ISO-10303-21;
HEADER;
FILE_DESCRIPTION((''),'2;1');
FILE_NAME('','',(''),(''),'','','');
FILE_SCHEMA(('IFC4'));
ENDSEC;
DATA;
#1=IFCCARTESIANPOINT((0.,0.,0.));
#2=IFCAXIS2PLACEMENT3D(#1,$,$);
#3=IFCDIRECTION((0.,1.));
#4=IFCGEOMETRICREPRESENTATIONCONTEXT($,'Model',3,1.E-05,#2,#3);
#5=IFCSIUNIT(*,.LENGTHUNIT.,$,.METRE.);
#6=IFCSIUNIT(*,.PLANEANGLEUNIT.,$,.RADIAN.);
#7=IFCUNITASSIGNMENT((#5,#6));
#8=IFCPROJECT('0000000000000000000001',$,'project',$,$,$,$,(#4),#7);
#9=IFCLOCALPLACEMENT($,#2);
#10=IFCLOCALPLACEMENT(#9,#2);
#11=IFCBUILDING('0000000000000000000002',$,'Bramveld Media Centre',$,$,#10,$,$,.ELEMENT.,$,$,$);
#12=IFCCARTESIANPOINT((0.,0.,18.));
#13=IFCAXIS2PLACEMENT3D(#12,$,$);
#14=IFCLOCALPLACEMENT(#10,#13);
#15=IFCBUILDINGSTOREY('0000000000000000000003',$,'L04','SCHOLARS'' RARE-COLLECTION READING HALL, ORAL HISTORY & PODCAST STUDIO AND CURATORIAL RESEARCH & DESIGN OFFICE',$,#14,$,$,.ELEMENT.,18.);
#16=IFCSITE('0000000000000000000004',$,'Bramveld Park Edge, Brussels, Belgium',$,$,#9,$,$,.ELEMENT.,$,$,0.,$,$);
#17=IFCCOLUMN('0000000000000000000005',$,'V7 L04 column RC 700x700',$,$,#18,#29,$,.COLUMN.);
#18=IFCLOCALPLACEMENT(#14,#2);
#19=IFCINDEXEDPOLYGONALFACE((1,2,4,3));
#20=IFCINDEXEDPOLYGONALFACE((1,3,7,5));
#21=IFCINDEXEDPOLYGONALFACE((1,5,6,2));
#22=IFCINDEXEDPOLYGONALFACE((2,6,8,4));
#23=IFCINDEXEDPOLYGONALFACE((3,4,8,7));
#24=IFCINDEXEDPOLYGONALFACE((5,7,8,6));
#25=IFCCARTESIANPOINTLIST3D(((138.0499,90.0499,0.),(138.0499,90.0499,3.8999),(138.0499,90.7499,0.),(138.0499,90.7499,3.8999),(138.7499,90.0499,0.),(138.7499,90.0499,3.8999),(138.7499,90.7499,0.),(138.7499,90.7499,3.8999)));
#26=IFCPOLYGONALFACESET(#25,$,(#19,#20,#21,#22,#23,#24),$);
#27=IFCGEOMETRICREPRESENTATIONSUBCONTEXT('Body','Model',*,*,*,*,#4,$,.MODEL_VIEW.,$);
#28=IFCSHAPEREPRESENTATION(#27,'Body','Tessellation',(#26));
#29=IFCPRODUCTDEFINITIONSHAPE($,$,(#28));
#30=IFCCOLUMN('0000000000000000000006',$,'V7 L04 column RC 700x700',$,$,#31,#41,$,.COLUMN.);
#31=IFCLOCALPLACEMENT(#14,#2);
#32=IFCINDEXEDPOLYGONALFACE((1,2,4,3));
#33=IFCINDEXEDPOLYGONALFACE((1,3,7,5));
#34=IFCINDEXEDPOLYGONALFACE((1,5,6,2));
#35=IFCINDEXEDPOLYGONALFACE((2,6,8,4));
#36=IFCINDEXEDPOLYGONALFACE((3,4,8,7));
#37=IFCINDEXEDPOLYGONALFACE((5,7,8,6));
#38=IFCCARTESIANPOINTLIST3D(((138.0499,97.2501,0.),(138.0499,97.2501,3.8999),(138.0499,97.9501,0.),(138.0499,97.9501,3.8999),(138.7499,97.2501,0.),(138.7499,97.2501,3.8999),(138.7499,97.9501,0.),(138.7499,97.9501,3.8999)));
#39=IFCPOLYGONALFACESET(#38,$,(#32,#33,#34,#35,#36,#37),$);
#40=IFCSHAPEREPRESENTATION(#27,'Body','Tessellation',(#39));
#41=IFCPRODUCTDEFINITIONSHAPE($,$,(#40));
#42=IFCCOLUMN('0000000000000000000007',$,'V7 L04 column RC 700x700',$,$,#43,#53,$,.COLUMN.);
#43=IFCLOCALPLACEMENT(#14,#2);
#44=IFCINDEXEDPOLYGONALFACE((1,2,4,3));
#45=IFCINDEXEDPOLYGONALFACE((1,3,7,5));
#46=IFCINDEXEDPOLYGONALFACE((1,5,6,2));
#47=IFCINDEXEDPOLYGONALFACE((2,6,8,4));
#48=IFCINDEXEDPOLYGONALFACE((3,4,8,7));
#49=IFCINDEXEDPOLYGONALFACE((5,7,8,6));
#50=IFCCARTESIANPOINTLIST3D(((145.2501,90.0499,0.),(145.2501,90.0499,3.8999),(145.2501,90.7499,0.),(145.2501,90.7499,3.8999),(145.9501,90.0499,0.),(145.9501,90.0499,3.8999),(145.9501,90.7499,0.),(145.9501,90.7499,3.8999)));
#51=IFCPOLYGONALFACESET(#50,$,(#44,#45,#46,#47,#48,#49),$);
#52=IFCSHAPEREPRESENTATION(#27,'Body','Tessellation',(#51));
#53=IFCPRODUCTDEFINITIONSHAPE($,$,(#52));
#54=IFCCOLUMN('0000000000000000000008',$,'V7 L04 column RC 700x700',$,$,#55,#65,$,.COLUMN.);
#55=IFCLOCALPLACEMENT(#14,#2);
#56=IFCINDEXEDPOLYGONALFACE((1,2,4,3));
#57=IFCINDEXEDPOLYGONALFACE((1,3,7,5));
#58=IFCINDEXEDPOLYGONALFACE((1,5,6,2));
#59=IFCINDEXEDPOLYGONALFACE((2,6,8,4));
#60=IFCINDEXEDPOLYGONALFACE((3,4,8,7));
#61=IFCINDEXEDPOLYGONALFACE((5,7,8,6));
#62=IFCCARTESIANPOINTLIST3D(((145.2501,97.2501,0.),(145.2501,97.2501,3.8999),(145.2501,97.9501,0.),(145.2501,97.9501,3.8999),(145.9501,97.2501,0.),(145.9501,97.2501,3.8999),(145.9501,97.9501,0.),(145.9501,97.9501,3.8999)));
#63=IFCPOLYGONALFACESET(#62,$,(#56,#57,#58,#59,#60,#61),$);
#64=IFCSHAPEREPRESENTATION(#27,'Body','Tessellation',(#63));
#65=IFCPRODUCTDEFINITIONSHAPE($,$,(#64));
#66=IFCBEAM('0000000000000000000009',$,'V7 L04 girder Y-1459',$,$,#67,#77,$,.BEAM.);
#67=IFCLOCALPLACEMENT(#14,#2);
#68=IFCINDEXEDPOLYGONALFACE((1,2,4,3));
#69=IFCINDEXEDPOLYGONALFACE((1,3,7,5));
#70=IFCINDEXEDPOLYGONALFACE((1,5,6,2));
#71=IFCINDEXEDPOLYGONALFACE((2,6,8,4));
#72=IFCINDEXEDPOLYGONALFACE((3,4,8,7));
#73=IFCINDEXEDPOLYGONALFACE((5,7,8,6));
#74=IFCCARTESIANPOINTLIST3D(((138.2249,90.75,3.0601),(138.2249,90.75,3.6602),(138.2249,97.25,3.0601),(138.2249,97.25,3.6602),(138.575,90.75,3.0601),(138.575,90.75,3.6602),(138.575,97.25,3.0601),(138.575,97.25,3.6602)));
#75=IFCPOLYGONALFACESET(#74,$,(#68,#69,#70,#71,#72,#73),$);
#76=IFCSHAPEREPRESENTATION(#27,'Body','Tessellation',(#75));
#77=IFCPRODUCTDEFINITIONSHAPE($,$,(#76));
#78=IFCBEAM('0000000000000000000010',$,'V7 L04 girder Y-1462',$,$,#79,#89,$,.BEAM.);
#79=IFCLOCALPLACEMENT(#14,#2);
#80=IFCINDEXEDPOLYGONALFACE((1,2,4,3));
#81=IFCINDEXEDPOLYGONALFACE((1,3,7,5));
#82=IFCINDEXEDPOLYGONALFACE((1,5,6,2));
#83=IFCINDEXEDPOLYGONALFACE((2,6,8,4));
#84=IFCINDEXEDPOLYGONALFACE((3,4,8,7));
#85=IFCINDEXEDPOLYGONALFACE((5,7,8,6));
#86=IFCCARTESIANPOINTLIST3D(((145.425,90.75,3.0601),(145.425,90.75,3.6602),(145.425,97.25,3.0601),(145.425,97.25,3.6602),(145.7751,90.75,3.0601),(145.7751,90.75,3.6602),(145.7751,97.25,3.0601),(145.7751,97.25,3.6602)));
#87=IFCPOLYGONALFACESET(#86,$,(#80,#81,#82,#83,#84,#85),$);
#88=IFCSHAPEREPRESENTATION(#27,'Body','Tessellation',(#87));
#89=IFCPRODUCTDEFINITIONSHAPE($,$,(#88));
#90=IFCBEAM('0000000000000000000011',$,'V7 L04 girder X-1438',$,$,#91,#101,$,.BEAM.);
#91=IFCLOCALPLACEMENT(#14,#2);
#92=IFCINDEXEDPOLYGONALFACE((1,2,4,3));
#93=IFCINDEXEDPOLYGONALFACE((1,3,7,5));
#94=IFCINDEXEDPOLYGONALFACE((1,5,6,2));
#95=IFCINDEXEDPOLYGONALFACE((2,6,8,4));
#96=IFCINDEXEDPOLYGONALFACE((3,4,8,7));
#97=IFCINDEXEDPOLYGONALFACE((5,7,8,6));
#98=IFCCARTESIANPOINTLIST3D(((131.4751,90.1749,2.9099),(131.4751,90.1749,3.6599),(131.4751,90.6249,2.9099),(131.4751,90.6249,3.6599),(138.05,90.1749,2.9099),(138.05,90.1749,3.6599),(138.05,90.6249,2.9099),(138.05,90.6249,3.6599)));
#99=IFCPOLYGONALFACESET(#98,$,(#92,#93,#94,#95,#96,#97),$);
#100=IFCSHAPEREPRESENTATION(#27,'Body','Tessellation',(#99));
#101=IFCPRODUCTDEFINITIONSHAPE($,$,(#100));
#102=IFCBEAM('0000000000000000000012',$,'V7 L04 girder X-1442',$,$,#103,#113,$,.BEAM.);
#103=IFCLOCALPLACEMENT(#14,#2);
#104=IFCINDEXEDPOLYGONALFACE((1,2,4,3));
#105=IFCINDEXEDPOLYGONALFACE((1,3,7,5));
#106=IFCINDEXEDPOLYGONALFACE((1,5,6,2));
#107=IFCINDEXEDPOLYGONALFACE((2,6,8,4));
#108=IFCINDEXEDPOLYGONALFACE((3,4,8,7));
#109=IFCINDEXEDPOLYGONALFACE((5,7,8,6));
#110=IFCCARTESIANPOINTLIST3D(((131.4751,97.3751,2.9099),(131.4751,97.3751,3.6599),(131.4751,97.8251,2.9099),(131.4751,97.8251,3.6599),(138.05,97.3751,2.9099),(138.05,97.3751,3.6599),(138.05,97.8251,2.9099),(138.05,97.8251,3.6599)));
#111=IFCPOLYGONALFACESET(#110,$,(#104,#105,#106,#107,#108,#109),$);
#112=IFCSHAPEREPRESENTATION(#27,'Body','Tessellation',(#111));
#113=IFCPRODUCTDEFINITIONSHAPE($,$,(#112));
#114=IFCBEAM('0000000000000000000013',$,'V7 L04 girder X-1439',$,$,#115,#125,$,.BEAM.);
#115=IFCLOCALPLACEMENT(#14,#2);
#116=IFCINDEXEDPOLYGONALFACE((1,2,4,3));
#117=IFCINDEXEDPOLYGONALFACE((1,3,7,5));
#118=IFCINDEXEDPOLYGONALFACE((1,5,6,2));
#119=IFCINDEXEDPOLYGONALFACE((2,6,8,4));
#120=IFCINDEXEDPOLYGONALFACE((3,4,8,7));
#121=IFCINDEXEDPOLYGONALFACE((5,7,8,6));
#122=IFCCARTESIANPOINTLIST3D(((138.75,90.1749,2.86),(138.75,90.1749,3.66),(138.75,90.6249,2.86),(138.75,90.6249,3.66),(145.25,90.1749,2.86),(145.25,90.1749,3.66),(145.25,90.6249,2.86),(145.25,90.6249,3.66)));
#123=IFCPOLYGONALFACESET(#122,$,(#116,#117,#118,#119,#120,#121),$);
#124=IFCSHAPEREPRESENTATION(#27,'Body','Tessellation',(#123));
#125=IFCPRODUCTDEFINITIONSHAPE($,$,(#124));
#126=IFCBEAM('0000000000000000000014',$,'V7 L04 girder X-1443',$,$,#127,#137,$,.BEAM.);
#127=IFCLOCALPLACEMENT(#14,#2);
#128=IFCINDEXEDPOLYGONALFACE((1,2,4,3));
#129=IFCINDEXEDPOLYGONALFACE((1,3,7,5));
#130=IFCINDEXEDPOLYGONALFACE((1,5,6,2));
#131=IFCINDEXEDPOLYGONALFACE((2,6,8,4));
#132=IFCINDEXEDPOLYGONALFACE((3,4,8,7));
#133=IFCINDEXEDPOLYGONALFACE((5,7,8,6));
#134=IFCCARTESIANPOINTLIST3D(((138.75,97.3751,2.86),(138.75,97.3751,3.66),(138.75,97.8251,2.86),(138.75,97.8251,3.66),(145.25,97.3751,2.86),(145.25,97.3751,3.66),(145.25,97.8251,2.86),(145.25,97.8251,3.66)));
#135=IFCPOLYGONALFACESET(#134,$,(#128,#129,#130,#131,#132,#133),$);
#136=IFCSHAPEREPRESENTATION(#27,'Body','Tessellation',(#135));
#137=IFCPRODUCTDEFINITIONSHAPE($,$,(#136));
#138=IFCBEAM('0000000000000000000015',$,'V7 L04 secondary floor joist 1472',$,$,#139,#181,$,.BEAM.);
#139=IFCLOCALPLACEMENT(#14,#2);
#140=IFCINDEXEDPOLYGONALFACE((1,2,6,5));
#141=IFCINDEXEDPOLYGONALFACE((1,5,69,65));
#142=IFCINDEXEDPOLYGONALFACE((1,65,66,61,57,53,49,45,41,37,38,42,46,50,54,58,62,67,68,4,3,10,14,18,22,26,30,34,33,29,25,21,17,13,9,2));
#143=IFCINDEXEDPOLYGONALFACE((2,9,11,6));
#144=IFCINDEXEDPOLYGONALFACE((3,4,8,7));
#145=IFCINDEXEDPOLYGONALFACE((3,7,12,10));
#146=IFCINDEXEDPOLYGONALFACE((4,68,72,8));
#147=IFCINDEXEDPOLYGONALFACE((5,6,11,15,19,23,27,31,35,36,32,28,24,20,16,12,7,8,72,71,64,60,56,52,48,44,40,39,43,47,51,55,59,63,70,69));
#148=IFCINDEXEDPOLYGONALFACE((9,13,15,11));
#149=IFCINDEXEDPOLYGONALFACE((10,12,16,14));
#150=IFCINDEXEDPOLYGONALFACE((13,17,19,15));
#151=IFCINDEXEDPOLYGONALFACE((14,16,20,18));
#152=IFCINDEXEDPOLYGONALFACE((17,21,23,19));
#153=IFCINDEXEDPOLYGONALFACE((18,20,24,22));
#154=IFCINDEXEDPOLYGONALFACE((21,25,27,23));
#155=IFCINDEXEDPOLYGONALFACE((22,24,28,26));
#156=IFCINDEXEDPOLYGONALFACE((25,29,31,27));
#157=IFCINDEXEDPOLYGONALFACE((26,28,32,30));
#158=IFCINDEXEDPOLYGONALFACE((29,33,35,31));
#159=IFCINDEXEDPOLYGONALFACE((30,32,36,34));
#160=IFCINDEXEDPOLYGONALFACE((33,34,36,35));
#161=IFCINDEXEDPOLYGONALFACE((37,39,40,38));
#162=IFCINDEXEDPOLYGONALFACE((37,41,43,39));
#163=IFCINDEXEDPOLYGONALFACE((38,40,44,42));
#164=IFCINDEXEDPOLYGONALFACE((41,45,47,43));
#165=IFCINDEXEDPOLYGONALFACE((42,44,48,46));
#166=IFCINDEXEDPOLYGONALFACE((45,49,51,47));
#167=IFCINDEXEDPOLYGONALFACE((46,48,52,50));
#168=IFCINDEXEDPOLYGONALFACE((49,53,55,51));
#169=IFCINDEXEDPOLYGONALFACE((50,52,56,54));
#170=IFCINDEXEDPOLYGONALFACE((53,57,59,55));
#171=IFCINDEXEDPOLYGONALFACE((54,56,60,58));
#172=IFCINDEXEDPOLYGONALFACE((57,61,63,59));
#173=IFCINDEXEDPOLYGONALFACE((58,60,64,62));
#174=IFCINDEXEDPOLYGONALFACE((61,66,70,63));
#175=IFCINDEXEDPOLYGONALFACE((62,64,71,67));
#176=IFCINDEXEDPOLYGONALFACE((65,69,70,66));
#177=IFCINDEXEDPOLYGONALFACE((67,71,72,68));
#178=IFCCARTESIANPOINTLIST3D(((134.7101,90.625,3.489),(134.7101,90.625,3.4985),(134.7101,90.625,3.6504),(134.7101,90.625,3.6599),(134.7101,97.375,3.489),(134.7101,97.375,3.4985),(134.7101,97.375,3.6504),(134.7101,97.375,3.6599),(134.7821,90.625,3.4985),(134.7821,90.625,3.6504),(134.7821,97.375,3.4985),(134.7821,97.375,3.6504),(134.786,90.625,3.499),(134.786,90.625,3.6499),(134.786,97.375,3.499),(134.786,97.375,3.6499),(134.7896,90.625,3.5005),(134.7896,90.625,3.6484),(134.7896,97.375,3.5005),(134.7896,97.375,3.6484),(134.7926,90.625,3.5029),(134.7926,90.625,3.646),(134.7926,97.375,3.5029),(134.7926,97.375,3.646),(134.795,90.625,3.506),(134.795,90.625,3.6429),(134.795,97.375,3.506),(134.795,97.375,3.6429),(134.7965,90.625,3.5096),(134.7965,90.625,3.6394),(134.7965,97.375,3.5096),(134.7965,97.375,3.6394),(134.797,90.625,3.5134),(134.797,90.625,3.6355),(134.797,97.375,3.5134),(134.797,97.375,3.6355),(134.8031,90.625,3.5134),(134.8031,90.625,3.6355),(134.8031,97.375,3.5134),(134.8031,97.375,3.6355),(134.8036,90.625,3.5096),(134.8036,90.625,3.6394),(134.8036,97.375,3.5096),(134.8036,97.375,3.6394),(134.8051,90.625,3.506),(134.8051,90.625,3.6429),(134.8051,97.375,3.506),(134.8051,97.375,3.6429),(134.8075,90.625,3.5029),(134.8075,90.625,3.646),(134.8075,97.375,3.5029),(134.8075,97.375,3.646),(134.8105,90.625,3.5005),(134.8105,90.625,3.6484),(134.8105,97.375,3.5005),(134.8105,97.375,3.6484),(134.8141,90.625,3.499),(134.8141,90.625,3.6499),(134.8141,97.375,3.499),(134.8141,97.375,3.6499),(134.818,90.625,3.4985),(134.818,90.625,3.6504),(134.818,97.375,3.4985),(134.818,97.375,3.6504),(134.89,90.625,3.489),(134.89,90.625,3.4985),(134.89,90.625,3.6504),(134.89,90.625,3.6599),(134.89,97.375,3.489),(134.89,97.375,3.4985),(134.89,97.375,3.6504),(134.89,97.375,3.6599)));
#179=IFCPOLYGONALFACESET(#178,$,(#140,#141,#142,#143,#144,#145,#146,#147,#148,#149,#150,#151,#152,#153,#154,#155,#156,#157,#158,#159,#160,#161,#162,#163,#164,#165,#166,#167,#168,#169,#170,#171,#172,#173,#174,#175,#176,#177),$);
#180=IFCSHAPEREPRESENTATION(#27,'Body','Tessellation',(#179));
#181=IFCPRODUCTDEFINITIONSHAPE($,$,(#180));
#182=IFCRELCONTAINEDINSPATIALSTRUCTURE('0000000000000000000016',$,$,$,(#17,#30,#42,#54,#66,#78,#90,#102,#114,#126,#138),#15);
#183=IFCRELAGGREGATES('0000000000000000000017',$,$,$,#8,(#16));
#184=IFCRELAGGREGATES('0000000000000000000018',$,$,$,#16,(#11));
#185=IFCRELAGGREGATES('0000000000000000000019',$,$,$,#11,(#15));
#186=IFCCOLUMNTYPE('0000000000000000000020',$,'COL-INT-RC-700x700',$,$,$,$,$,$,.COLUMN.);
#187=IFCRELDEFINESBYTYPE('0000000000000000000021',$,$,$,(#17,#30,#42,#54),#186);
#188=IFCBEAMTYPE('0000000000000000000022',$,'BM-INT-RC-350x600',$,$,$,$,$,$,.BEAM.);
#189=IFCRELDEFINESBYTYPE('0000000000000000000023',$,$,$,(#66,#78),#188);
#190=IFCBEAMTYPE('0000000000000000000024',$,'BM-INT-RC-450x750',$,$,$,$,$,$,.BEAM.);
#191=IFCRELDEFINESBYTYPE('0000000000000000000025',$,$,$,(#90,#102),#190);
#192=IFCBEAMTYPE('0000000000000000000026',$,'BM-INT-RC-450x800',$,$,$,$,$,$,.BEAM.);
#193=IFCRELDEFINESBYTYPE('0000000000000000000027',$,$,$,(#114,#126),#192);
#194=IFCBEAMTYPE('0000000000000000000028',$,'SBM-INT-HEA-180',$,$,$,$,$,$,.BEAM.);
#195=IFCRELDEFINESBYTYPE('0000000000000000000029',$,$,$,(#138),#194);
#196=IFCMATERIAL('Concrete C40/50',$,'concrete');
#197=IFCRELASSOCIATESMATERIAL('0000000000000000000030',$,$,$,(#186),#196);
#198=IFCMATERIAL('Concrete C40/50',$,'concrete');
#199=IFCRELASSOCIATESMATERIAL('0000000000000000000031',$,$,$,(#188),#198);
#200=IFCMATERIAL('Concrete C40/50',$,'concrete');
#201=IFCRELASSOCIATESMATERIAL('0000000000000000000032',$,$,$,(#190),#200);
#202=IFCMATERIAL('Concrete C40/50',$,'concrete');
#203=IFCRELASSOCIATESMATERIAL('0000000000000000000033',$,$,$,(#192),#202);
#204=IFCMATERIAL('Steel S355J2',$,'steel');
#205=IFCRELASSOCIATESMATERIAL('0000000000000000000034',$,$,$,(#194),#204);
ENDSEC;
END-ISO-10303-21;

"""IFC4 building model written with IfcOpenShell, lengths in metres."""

from ifc_helpers import new_model, si_unit, direction, frame, origin, origin_2d, place, context, subcontext, project, spatial, rectangle, i_section, extrude, material, material_profile, profile_set, type_object, element, save


model = new_model("IFC4")

# Units and contexts
model_context = context("Model", 3, precision=1e-05, world=origin(), true_north=direction((0.0, 1.0)))
body_context = subcontext(model_context, "Body", "Model", "MODEL_VIEW")
ifc_project = project(units=[si_unit("LENGTHUNIT", "METRE"), si_unit("PLANEANGLEUNIT", "RADIAN")], contexts=[model_context])

# Site, building, storey
site_placement = place(None, origin())
site = spatial("IfcSite", under=ifc_project, at=site_placement, Name="Bramveld Park Edge, Brussels, Belgium", CompositionType="ELEMENT", RefElevation=0.0)
building_placement = place(site_placement, origin())
building = spatial("IfcBuilding", under=site, at=building_placement, Name="Bramveld Media Centre", CompositionType="ELEMENT")
storey_placement = place(building_placement, frame((0.0, 0.0, 18.0)))
storey = spatial("IfcBuildingStorey", under=building, at=storey_placement, Name="L04", Description="SCHOLARS' RARE-COLLECTION READING HALL, ORAL HISTORY & PODCAST STUDIO AND CURATORIAL RESEARCH & DESIGN OFFICE", CompositionType="ELEMENT", Elevation=18.0)

# Columns
ifc_material_1 = material(Name="Concrete C40/50", Category="concrete")
ifc_material_profile_1 = material_profile(ifc_material_1, rectangle(XDim=0.7, YDim=0.7, at=origin_2d()), Name="RC 700x700")
ifc_profile_set_1 = profile_set([ifc_material_profile_1], Name="Concrete C40/50")
column_type = type_object("IfcColumnType", Name="COL-INT-RC-700x700", PredefinedType="COLUMN", material=ifc_profile_set_1)
for number, where, z_axis, x_axis, name in (
    (1, (138.3999, 90.3999, 0.0), (0.0, 0.0, 1.0), (1.0, 0.0, 0.0), "V7 L04 column RC 700x700"),
    (2, (138.3999, 97.6001, 0.0), (0.0, 0.0, 1.0), (1.0, 0.0, 0.0), "V7 L04 column RC 700x700"),
    (3, (145.6001, 90.3999, 0.0), (0.0, 0.0, 1.0), (1.0, 0.0, 0.0), "V7 L04 column RC 700x700"),
    (4, (145.6001, 97.6001, 0.0), (0.0, 0.0, 1.0), (1.0, 0.0, 0.0), "V7 L04 column RC 700x700"),
):
    element("IfcColumn", number, at=place(storey_placement, frame(where, z_axis=z_axis, x_axis=x_axis)), inside=storey, type_object=column_type, Name=name, PredefinedType="COLUMN", context=body_context, shape_type="SweptSolid", body=[
        extrude(rectangle(XDim=0.7, YDim=0.7, at=origin_2d()), origin(), (0.0, 0.0, 1.0), 3.8999),
    ])

# Beams
ifc_material_2 = material(Name="Concrete C40/50", Category="concrete")
ifc_material_profile_2 = material_profile(ifc_material_2, rectangle(XDim=0.3501, YDim=0.6001, at=origin_2d()), Name="RC 350x600")
ifc_profile_set_2 = profile_set([ifc_material_profile_2], Name="Concrete C40/50")
beam_type_1 = type_object("IfcBeamType", Name="BM-INT-RC-350x600", PredefinedType="BEAM", material=ifc_profile_set_2)
for number, where, z_axis, x_axis, name in (
    (5, (138.3999, 90.75, 3.3601), (0.0, 1.0, 0.0), (-1.0, 0.0, 0.0), "V7 L04 girder Y-1459"),
    (6, (145.6001, 90.75, 3.3601), (0.0, 1.0, 0.0), (-1.0, 0.0, 0.0), "V7 L04 girder Y-1462"),
):
    element("IfcBeam", number, at=place(storey_placement, frame(where, z_axis=z_axis, x_axis=x_axis)), inside=storey, type_object=beam_type_1, Name=name, PredefinedType="BEAM", context=body_context, shape_type="SweptSolid", body=[
        extrude(rectangle(XDim=0.3501, YDim=0.6001, at=origin_2d()), origin(), (0.0, 0.0, 1.0), 6.5),
    ])
ifc_material_3 = material(Name="Concrete C40/50", Category="concrete")
ifc_material_profile_3 = material_profile(ifc_material_3, rectangle(XDim=0.45, YDim=0.75, at=origin_2d()), Name="RC 450x750")
ifc_profile_set_3 = profile_set([ifc_material_profile_3], Name="Concrete C40/50")
beam_type_2 = type_object("IfcBeamType", Name="BM-INT-RC-450x750", PredefinedType="BEAM", material=ifc_profile_set_3)
for number, where, z_axis, x_axis, name in (
    (7, (131.4751, 90.3999, 3.2849), (1.0, 0.0, 0.0), (0.0, 1.0, 0.0), "V7 L04 girder X-1438"),
    (8, (131.4751, 97.6001, 3.2849), (1.0, 0.0, 0.0), (0.0, 1.0, 0.0), "V7 L04 girder X-1442"),
):
    element("IfcBeam", number, at=place(storey_placement, frame(where, z_axis=z_axis, x_axis=x_axis)), inside=storey, type_object=beam_type_2, Name=name, PredefinedType="BEAM", context=body_context, shape_type="SweptSolid", body=[
        extrude(rectangle(XDim=0.45, YDim=0.75, at=origin_2d()), origin(), (0.0, 0.0, 1.0), 6.575),
    ])
ifc_material_4 = material(Name="Concrete C40/50", Category="concrete")
ifc_material_profile_4 = material_profile(ifc_material_4, rectangle(XDim=0.45, YDim=0.8, at=origin_2d()), Name="RC 450x800")
ifc_profile_set_4 = profile_set([ifc_material_profile_4], Name="Concrete C40/50")
beam_type_3 = type_object("IfcBeamType", Name="BM-INT-RC-450x800", PredefinedType="BEAM", material=ifc_profile_set_4)
for number, where, z_axis, x_axis, name in (
    (9, (138.75, 90.3999, 3.26), (1.0, 0.0, 0.0), (0.0, 1.0, 0.0), "V7 L04 girder X-1439"),
    (10, (138.75, 97.6001, 3.26), (1.0, 0.0, 0.0), (0.0, 1.0, 0.0), "V7 L04 girder X-1443"),
):
    element("IfcBeam", number, at=place(storey_placement, frame(where, z_axis=z_axis, x_axis=x_axis)), inside=storey, type_object=beam_type_3, Name=name, PredefinedType="BEAM", context=body_context, shape_type="SweptSolid", body=[
        extrude(rectangle(XDim=0.45, YDim=0.8, at=origin_2d()), origin(), (0.0, 0.0, 1.0), 6.5),
    ])
ifc_material_5 = material(Name="Steel S355J2", Category="steel")
ifc_material_profile_5 = material_profile(ifc_material_5, i_section(OverallWidth=0.1799, OverallDepth=0.1709, WebThickness=0.0061, FlangeThickness=0.0095, FilletRadius=0.0149, at=origin_2d()), Name="HEA 180")
ifc_profile_set_5 = profile_set([ifc_material_profile_5], Name="Steel S355J2")
beam_type_4 = type_object("IfcBeamType", Name="SBM-INT-HEA-180", PredefinedType="BEAM", material=ifc_profile_set_5)
beam_1_placement = place(storey_placement, frame((134.8, 90.625, 3.5745), z_axis=(0.0, 1.0, 0.0), x_axis=(-1.0, 0.0, 0.0)))
element("IfcBeam", 11, at=beam_1_placement, inside=storey, type_object=beam_type_4, Name="V7 L04 secondary floor joist 1472", PredefinedType="BEAM", context=body_context, shape_type="SweptSolid", body=[
    extrude(i_section(OverallWidth=0.1799, OverallDepth=0.1709, WebThickness=0.0061, FlangeThickness=0.0095, FilletRadius=0.0149, at=origin_2d()), origin(), (0.0, 0.0, 1.0), 6.75),
])

save(model, "model.ifc")
